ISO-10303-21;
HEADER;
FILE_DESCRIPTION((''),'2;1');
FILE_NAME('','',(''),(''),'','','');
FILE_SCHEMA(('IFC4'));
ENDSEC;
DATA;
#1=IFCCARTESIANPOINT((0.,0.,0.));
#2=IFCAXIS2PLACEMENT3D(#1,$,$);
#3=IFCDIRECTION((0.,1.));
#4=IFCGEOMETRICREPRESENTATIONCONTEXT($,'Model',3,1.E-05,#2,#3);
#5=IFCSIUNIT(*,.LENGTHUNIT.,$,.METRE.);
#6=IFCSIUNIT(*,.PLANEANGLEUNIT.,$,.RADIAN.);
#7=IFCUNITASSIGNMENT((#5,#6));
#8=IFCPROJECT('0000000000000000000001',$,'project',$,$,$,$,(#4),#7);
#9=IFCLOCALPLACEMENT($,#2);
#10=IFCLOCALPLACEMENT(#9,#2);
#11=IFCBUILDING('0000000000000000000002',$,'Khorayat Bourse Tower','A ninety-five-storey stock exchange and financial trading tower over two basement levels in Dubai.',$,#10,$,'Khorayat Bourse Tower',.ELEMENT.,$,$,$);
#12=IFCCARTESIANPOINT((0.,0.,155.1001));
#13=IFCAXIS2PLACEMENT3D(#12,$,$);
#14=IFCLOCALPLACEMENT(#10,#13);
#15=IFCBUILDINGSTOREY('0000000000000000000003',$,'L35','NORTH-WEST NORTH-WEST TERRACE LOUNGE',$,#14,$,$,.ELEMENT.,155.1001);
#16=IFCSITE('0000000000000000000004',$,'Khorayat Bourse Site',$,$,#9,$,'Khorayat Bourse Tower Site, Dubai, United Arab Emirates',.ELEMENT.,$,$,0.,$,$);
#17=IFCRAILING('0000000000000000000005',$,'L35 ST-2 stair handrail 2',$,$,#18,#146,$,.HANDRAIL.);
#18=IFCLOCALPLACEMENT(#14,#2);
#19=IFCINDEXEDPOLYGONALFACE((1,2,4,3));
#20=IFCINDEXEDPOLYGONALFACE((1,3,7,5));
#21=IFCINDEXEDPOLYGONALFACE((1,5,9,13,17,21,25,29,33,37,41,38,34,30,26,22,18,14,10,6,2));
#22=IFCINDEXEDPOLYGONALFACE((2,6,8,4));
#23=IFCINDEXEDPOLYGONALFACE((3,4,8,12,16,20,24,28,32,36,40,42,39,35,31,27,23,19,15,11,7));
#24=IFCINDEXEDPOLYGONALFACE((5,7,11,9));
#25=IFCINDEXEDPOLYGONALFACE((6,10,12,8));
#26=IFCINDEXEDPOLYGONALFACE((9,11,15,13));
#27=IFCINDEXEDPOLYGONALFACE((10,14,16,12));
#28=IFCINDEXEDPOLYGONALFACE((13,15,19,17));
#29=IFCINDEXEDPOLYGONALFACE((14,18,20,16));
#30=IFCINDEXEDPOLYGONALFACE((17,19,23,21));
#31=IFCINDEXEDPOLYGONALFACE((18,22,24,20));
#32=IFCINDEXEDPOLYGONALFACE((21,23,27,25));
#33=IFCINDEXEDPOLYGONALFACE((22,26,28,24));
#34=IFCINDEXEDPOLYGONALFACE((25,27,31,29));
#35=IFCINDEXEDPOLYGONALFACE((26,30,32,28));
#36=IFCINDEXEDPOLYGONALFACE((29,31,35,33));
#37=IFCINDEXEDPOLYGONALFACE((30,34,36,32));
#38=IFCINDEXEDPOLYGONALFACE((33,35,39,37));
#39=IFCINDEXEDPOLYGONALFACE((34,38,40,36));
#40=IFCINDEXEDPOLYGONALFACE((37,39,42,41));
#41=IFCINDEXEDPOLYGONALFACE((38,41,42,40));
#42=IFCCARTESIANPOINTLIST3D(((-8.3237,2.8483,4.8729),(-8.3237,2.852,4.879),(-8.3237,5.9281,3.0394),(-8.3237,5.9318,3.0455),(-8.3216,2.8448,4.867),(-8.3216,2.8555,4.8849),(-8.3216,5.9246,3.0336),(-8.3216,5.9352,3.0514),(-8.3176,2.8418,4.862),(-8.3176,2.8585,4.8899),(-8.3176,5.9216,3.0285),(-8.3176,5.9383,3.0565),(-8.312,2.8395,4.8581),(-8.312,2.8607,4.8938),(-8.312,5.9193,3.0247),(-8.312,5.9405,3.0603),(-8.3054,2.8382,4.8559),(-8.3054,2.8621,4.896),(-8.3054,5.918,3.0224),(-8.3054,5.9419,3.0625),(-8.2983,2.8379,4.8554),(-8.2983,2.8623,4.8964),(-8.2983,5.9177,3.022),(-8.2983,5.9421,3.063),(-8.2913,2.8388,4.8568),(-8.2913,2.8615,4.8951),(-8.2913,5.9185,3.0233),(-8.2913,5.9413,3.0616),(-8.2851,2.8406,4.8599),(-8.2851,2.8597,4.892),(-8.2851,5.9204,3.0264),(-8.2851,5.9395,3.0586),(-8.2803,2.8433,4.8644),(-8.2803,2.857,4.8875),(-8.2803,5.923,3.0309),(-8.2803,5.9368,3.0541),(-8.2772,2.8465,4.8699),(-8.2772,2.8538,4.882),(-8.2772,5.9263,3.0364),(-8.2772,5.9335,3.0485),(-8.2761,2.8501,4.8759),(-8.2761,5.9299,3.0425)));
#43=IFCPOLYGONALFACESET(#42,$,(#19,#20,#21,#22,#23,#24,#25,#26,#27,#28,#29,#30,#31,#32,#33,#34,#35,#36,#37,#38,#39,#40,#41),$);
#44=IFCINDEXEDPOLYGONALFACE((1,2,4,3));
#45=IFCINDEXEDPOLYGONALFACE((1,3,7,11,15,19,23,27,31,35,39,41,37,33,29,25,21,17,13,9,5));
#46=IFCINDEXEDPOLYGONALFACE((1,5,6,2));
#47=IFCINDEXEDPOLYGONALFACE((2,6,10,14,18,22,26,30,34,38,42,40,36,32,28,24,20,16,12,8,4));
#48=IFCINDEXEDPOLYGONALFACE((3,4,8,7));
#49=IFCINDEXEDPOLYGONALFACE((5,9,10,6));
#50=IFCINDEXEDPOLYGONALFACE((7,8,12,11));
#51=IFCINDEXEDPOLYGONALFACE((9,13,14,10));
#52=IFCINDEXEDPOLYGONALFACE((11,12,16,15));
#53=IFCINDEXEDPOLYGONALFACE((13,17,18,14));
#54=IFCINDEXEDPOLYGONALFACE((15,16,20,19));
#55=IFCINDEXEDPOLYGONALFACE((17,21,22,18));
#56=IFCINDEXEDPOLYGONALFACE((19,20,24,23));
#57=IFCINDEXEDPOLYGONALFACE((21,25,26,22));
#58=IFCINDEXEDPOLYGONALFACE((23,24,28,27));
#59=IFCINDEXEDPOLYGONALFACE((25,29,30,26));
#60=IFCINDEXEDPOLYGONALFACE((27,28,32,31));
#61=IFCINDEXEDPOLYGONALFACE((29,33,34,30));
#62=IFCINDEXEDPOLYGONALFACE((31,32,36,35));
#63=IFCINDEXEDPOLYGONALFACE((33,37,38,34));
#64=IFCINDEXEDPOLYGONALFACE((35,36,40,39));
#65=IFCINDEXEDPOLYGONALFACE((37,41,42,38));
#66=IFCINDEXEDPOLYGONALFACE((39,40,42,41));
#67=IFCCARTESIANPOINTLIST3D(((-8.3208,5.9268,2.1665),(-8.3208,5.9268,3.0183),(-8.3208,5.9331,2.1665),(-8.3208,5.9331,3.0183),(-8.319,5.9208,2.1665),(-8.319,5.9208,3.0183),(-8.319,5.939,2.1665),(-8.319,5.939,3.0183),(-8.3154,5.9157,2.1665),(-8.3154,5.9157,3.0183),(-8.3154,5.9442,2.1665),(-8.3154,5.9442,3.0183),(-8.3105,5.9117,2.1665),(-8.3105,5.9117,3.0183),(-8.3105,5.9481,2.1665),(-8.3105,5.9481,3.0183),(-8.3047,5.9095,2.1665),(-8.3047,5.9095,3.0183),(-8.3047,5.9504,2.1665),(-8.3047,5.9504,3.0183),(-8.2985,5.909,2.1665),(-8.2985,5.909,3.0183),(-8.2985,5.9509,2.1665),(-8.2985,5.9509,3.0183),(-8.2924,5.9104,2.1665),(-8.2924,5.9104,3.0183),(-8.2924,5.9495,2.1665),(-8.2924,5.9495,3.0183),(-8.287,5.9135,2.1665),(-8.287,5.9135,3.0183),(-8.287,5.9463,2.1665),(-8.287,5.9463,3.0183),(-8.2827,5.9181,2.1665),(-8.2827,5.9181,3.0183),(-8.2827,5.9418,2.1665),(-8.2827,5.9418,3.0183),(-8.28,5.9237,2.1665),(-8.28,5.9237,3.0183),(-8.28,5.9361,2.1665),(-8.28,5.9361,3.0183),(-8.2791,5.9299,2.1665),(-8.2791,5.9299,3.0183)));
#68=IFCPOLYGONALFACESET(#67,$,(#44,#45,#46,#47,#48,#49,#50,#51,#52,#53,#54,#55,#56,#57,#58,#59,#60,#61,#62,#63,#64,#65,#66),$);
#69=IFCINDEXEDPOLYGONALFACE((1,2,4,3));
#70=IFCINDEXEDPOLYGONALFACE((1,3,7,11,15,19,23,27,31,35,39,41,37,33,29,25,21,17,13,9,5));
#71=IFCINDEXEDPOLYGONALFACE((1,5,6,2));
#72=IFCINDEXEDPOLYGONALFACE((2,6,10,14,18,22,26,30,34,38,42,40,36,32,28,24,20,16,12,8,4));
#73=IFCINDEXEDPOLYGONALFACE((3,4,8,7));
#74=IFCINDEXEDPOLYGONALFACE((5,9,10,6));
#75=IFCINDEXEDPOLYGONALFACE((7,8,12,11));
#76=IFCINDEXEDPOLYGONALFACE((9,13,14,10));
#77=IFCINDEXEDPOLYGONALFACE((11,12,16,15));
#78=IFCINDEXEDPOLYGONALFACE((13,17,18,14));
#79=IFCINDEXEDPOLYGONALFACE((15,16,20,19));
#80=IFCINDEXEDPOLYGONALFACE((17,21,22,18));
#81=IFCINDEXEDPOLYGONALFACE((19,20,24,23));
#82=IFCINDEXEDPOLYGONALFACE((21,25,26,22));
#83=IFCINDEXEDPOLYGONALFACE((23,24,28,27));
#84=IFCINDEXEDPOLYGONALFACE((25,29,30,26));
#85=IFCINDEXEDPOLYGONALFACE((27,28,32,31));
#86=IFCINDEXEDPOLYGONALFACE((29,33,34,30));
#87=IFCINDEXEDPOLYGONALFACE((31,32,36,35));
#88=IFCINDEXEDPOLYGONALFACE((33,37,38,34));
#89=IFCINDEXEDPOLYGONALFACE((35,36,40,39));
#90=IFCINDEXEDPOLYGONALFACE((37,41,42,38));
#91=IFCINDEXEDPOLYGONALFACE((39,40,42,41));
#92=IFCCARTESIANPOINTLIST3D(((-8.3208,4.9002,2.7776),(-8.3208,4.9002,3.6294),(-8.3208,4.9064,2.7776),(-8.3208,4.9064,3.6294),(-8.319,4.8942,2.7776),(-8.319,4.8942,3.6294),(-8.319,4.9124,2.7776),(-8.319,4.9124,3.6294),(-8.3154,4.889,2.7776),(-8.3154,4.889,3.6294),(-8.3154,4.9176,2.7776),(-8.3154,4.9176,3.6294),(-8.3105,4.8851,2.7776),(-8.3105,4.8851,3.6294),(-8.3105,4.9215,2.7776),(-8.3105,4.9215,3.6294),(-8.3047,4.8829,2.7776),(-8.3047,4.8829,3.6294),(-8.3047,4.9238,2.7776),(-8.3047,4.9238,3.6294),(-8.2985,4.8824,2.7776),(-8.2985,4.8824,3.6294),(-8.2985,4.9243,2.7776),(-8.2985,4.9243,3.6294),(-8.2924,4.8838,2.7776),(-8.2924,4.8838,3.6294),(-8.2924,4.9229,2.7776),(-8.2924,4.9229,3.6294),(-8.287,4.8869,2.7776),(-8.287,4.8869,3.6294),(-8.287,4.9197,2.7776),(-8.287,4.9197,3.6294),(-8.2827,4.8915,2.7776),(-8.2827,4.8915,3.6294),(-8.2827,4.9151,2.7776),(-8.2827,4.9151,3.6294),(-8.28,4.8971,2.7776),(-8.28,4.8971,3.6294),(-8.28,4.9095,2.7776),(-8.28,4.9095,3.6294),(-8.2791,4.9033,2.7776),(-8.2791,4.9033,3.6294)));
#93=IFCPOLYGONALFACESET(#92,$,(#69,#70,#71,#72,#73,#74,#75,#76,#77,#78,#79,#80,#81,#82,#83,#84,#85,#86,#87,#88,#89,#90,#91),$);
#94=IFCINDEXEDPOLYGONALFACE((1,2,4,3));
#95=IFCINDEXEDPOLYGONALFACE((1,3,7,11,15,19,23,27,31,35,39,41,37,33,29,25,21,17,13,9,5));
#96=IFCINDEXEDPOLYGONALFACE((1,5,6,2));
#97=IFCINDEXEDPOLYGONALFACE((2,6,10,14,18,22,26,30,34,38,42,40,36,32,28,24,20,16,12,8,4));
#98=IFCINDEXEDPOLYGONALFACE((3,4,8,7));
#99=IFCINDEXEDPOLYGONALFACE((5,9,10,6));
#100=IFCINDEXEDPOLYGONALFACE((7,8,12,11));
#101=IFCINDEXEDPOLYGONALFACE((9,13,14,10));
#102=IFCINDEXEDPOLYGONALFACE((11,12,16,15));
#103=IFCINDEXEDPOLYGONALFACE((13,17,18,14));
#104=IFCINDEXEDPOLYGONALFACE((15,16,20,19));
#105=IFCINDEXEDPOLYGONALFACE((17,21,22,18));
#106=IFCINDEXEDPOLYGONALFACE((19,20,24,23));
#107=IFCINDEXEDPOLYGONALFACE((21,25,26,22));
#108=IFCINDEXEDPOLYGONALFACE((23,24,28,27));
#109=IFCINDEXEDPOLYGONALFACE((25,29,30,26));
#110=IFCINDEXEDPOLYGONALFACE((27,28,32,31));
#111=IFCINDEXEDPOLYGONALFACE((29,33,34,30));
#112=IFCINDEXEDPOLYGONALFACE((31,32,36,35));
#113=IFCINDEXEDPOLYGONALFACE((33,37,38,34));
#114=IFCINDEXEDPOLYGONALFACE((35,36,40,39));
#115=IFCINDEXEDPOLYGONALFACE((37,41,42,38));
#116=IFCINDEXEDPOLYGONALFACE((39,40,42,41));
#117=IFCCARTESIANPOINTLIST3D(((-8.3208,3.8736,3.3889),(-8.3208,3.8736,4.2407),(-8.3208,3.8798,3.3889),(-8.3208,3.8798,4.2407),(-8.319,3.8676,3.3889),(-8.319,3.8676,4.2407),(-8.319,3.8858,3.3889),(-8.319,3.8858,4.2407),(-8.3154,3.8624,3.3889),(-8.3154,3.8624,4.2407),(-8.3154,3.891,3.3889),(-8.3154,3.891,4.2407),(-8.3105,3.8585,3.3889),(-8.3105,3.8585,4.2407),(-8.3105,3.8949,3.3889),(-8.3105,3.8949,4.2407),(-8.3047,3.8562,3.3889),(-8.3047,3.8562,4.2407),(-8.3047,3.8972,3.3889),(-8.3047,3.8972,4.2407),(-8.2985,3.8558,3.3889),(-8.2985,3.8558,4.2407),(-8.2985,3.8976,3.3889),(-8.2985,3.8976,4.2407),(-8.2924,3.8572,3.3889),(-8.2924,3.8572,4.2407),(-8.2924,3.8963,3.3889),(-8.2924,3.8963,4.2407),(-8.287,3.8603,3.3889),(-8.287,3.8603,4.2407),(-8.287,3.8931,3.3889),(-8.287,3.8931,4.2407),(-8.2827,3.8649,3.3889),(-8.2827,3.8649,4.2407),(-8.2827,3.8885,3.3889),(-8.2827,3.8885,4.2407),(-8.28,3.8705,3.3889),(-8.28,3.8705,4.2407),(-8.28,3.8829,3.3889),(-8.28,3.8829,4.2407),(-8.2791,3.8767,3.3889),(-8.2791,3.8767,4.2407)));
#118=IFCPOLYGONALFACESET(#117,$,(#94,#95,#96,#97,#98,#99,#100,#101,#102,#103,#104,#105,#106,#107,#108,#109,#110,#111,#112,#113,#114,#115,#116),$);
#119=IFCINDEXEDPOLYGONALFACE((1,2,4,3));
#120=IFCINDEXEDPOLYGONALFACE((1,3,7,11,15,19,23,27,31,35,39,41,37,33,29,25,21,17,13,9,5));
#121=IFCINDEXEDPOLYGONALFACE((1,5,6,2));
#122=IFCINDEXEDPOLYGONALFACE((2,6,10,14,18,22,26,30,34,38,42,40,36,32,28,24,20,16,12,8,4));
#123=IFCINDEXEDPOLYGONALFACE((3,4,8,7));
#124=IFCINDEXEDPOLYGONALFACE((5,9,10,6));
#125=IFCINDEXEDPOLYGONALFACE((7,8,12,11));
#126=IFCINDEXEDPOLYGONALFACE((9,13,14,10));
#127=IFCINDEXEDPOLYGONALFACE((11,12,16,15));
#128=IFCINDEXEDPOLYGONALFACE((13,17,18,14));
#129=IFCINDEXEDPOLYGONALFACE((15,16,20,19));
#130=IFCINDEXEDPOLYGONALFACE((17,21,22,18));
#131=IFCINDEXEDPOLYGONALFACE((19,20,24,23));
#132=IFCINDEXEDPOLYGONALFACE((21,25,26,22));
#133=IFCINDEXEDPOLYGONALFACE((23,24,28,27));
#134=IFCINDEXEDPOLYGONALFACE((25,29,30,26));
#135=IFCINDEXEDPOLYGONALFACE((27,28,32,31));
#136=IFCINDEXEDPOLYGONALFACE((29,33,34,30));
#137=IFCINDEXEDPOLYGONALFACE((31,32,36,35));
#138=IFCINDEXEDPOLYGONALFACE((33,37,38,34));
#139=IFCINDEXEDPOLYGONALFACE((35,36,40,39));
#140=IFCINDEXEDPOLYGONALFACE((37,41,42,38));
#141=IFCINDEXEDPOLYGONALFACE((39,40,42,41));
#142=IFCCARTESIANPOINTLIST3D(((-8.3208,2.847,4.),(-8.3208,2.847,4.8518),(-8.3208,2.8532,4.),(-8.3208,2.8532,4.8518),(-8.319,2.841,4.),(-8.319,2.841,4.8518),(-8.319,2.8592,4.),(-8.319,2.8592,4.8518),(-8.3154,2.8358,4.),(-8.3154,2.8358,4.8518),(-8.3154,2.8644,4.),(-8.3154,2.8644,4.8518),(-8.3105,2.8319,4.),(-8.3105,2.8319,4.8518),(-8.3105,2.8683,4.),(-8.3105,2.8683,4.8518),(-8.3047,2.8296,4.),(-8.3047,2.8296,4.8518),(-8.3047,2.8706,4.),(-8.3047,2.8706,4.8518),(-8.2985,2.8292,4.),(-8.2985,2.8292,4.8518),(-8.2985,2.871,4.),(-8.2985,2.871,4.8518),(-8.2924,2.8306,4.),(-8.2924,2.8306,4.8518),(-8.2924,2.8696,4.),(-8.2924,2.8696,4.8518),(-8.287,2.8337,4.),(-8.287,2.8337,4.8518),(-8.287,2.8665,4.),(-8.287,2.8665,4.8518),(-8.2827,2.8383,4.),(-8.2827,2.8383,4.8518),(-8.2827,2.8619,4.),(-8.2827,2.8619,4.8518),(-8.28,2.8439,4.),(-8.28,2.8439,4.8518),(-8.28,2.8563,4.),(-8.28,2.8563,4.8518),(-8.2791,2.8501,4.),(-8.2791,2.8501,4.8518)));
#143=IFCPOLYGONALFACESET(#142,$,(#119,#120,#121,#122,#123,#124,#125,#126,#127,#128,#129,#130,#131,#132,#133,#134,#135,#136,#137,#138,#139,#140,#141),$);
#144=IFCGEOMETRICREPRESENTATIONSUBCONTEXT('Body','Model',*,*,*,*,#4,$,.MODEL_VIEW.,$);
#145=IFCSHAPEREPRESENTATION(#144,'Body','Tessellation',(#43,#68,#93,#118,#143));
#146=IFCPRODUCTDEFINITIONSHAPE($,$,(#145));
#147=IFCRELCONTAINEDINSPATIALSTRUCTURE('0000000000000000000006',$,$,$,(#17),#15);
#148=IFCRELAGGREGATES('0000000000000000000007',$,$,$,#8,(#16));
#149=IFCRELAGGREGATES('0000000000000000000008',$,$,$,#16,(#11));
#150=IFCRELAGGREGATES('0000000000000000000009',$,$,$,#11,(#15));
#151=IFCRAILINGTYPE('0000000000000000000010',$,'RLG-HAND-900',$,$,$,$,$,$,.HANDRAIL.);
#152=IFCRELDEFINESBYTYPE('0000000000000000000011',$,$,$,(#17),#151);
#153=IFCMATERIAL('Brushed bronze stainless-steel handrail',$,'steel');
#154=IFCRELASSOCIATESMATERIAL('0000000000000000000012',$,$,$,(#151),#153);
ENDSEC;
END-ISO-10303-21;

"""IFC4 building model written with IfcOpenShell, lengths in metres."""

from ifc_helpers import new_model, si_unit, direction, frame, origin, origin_2d, place, context, subcontext, project, spatial, circle, extrude, source, transform, mapped, material, type_object, element, save


model = new_model("IFC4")

# Units and contexts
model_context = context("Model", 3, precision=1e-05, world=origin(), true_north=direction((0.0, 1.0)))
body_context = subcontext(model_context, "Body", "Model", "MODEL_VIEW")
ifc_project = project(units=[si_unit("LENGTHUNIT", "METRE"), si_unit("PLANEANGLEUNIT", "RADIAN")], contexts=[model_context])

# Site, building, storey
site_placement = place(None, origin())
site = spatial("IfcSite", under=ifc_project, at=site_placement, Name="Khorayat Bourse Site", LongName="Khorayat Bourse Tower Site, Dubai, United Arab Emirates", CompositionType="ELEMENT", RefElevation=0.0)
building_placement = place(site_placement, origin())
building = spatial("IfcBuilding", under=site, at=building_placement, Name="Khorayat Bourse Tower", Description="A ninety-five-storey stock exchange and financial trading tower over two basement levels in Dubai.", LongName="Khorayat Bourse Tower", CompositionType="ELEMENT")
storey_placement = place(building_placement, frame((0.0, 0.0, 155.1001)))
storey = spatial("IfcBuildingStorey", under=building, at=storey_placement, Name="L35", Description="NORTH-WEST NORTH-WEST TERRACE LOUNGE", CompositionType="ELEMENT", Elevation=155.1001)

# Railing
ifc_material_1 = material(Name="Brushed bronze stainless-steel handrail", Category="steel")
railing_type_1 = type_object("IfcRailingType", Name="RLG-HAND-900", PredefinedType="HANDRAIL", material=ifc_material_1)
shared_shape_1 = source(origin(), body_context, "Body", "SweptSolid", [
    extrude(circle(Radius=0.0239, at=origin_2d()), frame((0.0, 0.0, 0.876), z_axis=(0.0, -0.859261, 0.511538), x_axis=(1.0, 0.0, 0.0)), (0.0, 0.0, 1.0), 3.5842),
    extrude(circle(Radius=0.021, at=origin_2d()), origin(), (0.0, 0.0, 1.0), 0.8518),
    extrude(circle(Radius=0.021, at=origin_2d()), frame((0.0, -1.0266, 0.6111)), (0.0, 0.0, 1.0), 0.8518),
    extrude(circle(Radius=0.021, at=origin_2d()), frame((0.0, -2.0532, 1.2224)), (0.0, 0.0, 1.0), 0.8518),
    extrude(circle(Radius=0.021, at=origin_2d()), frame((0.0, -3.0798, 1.8335)), (0.0, 0.0, 1.0), 0.8518),
])
railing_1_placement = place(storey_placement, frame((-8.3, 5.9299, 2.1665)))
element("IfcRailing", 1, at=railing_1_placement, inside=storey, type_object=railing_type_1, Name="L35 ST-2 stair handrail 2", PredefinedType="HANDRAIL", context=body_context, shape_type="MappedRepresentation", body=[
    mapped(shared_shape_1, transform((0.0, 0.0, 0.0), scale=1.0)),
])

save(model, "model.ifc")
